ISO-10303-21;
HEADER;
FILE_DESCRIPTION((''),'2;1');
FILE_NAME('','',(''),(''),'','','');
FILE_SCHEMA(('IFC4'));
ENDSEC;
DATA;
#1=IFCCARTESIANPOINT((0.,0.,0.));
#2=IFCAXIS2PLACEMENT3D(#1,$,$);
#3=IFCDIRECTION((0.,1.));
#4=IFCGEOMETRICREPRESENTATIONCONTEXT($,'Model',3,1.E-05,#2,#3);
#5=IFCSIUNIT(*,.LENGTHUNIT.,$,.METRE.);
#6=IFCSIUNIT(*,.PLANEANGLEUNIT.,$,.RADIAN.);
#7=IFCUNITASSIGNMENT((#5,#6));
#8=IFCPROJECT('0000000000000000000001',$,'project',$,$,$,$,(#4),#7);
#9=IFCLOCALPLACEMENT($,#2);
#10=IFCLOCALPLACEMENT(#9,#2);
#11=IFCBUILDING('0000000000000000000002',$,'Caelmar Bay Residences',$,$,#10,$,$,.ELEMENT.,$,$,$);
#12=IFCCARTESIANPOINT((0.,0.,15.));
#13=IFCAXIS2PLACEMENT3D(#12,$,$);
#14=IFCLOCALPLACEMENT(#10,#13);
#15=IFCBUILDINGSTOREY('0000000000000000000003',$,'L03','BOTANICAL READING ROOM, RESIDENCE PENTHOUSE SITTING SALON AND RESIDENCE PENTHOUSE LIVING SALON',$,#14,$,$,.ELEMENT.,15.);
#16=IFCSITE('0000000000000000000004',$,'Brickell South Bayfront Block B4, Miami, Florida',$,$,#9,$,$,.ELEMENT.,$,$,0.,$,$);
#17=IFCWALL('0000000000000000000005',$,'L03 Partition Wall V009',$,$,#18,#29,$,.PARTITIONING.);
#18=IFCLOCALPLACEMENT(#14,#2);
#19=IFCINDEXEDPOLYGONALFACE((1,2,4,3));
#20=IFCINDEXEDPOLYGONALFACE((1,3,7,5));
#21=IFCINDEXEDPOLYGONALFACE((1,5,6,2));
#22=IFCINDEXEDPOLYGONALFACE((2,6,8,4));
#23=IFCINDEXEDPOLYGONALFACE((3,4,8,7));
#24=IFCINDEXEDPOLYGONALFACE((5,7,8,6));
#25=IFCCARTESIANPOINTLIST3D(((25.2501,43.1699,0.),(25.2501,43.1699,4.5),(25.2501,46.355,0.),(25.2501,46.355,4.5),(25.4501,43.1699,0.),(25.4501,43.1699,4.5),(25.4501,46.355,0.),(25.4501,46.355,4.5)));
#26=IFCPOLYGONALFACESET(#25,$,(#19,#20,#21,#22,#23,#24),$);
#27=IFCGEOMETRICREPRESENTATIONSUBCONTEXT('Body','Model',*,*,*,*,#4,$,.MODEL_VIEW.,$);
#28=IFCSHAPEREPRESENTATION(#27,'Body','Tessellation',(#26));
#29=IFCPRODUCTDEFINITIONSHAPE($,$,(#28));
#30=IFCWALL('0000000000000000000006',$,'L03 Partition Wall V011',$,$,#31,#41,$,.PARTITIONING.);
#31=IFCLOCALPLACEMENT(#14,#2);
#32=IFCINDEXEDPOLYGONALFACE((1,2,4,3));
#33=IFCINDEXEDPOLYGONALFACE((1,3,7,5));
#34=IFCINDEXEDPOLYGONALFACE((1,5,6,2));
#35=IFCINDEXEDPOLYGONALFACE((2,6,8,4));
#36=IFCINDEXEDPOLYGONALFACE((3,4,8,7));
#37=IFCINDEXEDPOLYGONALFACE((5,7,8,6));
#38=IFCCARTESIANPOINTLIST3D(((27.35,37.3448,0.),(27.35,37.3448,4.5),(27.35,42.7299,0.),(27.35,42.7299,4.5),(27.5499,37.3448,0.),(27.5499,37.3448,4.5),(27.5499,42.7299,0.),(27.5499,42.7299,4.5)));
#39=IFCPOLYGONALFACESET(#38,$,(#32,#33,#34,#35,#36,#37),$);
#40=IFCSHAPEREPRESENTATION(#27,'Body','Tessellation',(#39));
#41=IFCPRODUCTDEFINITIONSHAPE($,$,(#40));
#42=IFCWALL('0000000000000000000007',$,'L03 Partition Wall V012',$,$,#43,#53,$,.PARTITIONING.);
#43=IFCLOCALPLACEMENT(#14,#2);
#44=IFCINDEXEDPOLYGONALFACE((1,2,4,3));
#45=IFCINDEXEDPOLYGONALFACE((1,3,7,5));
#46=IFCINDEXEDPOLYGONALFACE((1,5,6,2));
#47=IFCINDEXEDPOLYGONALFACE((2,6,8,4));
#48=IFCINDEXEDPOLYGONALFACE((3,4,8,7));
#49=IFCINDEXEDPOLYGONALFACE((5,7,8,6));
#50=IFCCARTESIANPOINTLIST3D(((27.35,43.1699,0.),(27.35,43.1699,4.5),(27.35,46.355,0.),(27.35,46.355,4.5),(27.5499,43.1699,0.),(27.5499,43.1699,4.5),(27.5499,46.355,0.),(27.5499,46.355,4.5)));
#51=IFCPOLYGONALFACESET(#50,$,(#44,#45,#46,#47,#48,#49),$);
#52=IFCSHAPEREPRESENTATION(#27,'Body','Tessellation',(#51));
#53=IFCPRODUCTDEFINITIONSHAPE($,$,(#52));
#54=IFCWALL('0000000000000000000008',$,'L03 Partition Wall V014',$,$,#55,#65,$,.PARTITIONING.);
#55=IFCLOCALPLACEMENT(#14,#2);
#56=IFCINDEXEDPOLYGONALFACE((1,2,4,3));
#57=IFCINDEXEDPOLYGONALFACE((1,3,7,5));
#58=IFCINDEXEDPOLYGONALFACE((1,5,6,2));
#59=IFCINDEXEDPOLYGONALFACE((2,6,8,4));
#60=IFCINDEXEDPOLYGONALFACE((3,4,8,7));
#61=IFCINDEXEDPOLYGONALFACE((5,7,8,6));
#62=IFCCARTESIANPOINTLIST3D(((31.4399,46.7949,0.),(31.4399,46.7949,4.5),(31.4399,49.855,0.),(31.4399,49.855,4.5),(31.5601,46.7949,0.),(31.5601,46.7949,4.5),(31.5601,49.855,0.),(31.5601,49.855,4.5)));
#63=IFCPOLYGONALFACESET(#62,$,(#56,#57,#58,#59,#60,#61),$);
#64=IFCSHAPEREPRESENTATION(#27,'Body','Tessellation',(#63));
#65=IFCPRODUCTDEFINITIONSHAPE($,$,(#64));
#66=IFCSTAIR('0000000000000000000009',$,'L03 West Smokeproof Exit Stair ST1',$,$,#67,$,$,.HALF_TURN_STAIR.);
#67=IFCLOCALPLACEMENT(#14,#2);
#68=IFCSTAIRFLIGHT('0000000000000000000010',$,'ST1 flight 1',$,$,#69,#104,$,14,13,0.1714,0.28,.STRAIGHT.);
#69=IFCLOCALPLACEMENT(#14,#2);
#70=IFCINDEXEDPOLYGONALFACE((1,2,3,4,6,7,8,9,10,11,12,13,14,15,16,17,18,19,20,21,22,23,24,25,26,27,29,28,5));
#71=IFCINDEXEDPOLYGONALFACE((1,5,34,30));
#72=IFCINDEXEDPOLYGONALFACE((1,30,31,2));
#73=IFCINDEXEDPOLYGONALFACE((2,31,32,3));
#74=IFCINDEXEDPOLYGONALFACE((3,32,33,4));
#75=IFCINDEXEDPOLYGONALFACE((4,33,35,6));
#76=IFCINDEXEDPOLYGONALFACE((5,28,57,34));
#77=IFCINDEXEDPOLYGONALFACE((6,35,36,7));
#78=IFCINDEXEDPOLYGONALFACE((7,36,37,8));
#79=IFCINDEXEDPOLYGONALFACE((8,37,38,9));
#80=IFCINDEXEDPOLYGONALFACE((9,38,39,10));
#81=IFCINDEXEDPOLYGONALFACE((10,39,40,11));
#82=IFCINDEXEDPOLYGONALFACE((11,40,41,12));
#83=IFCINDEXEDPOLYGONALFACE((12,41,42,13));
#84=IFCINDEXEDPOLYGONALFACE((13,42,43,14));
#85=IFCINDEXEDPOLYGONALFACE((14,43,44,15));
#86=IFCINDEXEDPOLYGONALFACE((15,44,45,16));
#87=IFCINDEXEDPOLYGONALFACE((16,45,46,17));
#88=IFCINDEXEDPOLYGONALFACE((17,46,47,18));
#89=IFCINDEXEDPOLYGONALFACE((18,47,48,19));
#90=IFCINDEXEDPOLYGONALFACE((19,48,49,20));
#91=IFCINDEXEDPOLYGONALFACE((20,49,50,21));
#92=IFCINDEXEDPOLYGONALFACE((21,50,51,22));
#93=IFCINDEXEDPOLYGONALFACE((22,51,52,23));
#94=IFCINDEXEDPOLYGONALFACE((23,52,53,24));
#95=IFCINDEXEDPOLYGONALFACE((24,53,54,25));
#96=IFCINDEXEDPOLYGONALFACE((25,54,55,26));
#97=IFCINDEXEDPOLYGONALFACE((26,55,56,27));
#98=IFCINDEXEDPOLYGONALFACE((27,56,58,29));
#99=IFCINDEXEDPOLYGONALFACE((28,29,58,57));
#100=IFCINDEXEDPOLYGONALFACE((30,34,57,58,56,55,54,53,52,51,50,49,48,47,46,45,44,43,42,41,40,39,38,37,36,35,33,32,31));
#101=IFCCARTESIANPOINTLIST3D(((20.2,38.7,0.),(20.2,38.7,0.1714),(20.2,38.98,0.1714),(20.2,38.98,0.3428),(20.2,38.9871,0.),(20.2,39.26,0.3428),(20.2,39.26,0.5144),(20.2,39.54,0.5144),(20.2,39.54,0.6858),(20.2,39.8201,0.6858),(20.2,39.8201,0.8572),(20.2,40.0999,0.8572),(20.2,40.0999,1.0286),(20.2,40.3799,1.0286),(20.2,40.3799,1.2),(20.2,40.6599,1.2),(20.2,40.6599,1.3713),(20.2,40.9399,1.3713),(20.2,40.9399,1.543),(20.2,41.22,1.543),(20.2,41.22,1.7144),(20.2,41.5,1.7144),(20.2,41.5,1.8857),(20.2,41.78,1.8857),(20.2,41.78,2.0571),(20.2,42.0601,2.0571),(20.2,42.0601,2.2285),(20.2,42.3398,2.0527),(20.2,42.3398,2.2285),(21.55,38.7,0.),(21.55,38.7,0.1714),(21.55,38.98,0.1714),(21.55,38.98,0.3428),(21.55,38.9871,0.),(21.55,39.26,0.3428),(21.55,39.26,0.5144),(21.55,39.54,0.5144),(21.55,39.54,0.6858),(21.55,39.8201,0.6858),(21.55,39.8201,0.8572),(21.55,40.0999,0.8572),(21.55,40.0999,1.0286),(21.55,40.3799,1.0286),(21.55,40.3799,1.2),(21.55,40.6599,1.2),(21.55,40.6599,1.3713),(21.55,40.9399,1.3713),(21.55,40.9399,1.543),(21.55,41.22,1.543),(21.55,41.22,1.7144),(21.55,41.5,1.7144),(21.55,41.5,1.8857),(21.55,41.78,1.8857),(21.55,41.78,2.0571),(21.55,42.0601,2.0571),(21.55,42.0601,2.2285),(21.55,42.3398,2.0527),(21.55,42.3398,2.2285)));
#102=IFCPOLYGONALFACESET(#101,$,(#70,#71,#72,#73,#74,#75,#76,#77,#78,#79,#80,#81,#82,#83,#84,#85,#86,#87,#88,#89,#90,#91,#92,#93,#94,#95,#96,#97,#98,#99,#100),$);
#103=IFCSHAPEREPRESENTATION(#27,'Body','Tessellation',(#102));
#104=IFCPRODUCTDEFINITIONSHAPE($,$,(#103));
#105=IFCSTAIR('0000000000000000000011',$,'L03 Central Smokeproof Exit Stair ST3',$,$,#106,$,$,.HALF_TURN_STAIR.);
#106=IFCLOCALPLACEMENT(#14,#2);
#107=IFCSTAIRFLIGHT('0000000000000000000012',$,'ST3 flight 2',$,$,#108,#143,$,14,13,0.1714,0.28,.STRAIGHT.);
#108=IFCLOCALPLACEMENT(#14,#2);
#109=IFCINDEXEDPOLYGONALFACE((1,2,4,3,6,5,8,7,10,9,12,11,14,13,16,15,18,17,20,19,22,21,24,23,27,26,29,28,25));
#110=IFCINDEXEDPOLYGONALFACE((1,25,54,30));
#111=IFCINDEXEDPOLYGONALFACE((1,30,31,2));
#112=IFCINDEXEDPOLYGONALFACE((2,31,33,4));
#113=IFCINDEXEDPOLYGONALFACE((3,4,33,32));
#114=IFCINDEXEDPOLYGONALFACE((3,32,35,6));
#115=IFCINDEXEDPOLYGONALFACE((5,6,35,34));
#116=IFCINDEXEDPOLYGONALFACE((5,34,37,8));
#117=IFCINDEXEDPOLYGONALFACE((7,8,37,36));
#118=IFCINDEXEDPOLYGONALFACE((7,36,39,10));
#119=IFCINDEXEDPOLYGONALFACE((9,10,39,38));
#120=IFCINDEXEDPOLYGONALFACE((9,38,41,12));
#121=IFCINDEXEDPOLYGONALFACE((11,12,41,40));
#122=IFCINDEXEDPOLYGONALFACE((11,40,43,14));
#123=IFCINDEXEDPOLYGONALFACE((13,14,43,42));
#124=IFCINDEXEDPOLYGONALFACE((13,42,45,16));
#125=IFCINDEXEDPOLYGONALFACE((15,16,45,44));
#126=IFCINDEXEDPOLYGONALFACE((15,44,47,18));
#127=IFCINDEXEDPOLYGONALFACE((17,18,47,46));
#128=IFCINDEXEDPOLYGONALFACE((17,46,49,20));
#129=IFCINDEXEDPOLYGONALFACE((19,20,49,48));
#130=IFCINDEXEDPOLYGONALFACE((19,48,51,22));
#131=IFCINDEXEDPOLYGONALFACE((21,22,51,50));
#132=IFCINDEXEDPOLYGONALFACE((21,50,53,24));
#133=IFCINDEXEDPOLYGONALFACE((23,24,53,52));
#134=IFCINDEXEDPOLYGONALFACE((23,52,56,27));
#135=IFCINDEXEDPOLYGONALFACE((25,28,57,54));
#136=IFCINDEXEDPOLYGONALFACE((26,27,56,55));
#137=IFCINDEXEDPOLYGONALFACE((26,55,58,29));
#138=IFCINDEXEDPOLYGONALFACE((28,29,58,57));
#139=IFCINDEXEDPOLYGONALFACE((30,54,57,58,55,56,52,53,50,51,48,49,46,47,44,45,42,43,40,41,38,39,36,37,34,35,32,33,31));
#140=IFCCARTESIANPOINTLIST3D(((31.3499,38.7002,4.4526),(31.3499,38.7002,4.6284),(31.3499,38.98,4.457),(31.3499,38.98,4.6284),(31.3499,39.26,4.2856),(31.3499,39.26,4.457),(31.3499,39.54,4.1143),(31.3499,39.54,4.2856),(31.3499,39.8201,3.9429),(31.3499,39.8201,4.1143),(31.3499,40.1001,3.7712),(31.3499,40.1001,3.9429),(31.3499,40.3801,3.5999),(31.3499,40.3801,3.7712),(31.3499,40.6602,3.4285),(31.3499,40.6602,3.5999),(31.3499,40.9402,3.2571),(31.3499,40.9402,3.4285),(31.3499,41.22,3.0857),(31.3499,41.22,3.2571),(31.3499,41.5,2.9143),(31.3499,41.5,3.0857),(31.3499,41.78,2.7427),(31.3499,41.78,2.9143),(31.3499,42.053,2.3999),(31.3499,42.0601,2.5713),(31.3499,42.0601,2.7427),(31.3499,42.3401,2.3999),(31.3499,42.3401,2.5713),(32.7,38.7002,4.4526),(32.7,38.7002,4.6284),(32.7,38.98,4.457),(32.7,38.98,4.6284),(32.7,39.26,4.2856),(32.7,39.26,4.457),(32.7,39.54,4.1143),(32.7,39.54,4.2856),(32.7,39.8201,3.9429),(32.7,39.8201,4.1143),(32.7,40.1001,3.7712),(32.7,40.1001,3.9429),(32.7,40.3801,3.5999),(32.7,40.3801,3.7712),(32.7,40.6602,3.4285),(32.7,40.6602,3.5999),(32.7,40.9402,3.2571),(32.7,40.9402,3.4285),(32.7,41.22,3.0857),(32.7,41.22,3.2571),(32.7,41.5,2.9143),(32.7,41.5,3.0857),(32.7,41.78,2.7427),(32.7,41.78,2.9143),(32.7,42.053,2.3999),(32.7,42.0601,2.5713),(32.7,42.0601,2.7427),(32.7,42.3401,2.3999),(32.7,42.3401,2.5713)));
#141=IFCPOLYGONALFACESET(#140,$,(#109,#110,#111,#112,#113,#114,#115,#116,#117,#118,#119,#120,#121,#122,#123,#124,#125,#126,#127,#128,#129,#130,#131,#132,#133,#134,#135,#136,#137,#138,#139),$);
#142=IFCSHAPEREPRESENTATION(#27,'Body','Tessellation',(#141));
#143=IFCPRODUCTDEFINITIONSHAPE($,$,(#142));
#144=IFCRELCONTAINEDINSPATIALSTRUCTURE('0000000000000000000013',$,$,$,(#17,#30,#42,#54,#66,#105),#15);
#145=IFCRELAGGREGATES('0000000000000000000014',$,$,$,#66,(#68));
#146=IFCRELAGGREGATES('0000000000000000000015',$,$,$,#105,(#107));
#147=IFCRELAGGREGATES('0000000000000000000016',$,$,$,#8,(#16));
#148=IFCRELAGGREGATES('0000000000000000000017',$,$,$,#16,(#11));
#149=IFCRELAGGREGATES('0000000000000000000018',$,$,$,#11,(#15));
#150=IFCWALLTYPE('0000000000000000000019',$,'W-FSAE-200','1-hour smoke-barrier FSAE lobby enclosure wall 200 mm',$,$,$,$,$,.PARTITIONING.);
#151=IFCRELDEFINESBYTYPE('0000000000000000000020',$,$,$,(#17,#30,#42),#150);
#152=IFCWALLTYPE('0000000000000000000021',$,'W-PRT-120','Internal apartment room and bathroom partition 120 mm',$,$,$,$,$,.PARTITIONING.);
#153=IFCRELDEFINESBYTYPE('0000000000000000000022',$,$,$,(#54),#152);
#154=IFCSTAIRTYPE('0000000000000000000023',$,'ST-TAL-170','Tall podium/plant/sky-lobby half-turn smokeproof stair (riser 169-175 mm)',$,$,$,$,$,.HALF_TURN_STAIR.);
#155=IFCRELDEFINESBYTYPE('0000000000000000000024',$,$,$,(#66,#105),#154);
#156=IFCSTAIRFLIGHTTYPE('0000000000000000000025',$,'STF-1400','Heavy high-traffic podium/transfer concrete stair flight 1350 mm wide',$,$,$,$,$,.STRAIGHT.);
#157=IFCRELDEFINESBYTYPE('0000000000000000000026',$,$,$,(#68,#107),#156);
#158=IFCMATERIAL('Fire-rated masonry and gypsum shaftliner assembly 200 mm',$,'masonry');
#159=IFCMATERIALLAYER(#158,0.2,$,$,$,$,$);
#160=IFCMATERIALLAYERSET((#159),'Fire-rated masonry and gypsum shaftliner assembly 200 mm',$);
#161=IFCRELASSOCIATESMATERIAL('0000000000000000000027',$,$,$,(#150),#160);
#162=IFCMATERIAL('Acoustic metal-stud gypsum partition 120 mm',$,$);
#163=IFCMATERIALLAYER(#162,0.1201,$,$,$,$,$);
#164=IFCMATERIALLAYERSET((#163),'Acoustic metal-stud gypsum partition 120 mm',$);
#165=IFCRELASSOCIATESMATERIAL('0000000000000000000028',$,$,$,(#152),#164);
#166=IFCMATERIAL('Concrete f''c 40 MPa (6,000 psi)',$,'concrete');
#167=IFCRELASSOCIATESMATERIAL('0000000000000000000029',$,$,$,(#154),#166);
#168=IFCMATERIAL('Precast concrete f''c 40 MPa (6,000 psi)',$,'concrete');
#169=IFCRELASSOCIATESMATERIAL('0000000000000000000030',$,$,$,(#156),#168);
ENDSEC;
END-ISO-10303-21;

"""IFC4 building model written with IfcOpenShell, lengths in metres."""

from ifc_helpers import new_model, si_unit, direction, frame, frame_2d, origin, place, context, subcontext, project, spatial, polyline, rectangle, outline, extrude, material, layer, layer_set, type_object, element, aggregate, save


model = new_model("IFC4")

# Units and contexts
model_context = context("Model", 3, precision=1e-05, world=origin(), true_north=direction((0.0, 1.0)))
body_context = subcontext(model_context, "Body", "Model", "MODEL_VIEW")
ifc_project = project(units=[si_unit("LENGTHUNIT", "METRE"), si_unit("PLANEANGLEUNIT", "RADIAN")], contexts=[model_context])

# Site, building, storey
site_placement = place(None, origin())
site = spatial("IfcSite", under=ifc_project, at=site_placement, Name="Brickell South Bayfront Block B4, Miami, Florida", CompositionType="ELEMENT", RefElevation=0.0)
building_placement = place(site_placement, origin())
building = spatial("IfcBuilding", under=site, at=building_placement, Name="Caelmar Bay Residences", CompositionType="ELEMENT")
storey_placement = place(building_placement, frame((0.0, 0.0, 15.0)))
storey = spatial("IfcBuildingStorey", under=building, at=storey_placement, Name="L03", Description="BOTANICAL READING ROOM, RESIDENCE PENTHOUSE SITTING SALON AND RESIDENCE PENTHOUSE LIVING SALON", CompositionType="ELEMENT", Elevation=15.0)

# Walls
ifc_material_1 = material(Name="Fire-rated masonry and gypsum shaftliner assembly 200 mm", Category="masonry")
ifc_layer_1 = layer(ifc_material_1, 0.2)
ifc_layer_set_1 = layer_set([ifc_layer_1], Name="Fire-rated masonry and gypsum shaftliner assembly 200 mm")
wall_type_1 = type_object("IfcWallType", Name="W-FSAE-200", Description="1-hour smoke-barrier FSAE lobby enclosure wall 200 mm", PredefinedType="PARTITIONING", material=ifc_layer_set_1)
wall_1_placement = place(storey_placement, frame((25.3501, 43.1699, 0.0), z_axis=(0.0, 0.0, 1.0), x_axis=(0.0, 1.0, 0.0)))
element("IfcWall", 1, at=wall_1_placement, inside=storey, type_object=wall_type_1, Name="L03 Partition Wall V009", PredefinedType="PARTITIONING", context=body_context, shape_type="SweptSolid", body=[
    extrude(rectangle(XDim=3.1851, YDim=0.2, at=frame_2d((1.5925, 0.0))), origin(), (0.0, 0.0, 1.0), 4.5),
])
wall_2_placement = place(storey_placement, frame((27.45, 37.345, 0.0), z_axis=(0.0, 0.0, 1.0), x_axis=(0.0, 1.0, 0.0)))
element("IfcWall", 2, at=wall_2_placement, inside=storey, type_object=wall_type_1, Name="L03 Partition Wall V011", PredefinedType="PARTITIONING", context=body_context, shape_type="SweptSolid", body=[
    extrude(rectangle(XDim=5.385, YDim=0.2, at=frame_2d((2.6924, 0.0))), origin(), (0.0, 0.0, 1.0), 4.5),
])
wall_3_placement = place(storey_placement, frame((27.45, 43.1699, 0.0), z_axis=(0.0, 0.0, 1.0), x_axis=(0.0, 1.0, 0.0)))
element("IfcWall", 3, at=wall_3_placement, inside=storey, type_object=wall_type_1, Name="L03 Partition Wall V012", PredefinedType="PARTITIONING", context=body_context, shape_type="SweptSolid", body=[
    extrude(rectangle(XDim=3.1851, YDim=0.2, at=frame_2d((1.5925, 0.0))), origin(), (0.0, 0.0, 1.0), 4.5),
])
ifc_material_2 = material(Name="Acoustic metal-stud gypsum partition 120 mm")
ifc_layer_2 = layer(ifc_material_2, 0.1201)
ifc_layer_set_2 = layer_set([ifc_layer_2], Name="Acoustic metal-stud gypsum partition 120 mm")
wall_type_2 = type_object("IfcWallType", Name="W-PRT-120", Description="Internal apartment room and bathroom partition 120 mm", PredefinedType="PARTITIONING", material=ifc_layer_set_2)
wall_4_placement = place(storey_placement, frame((31.5, 46.7949, 0.0), z_axis=(0.0, 0.0, 1.0), x_axis=(0.0, 1.0, 0.0)))
element("IfcWall", 4, at=wall_4_placement, inside=storey, type_object=wall_type_2, Name="L03 Partition Wall V014", PredefinedType="PARTITIONING", context=body_context, shape_type="SweptSolid", body=[
    extrude(rectangle(XDim=3.0601, YDim=0.1201, at=frame_2d((1.53, 0.0))), origin(), (0.0, 0.0, 1.0), 4.5),
])

# Stairs, stair flights
ifc_material_3 = material(Name="Concrete f'c 40 MPa (6,000 psi)", Category="concrete")
stair_type = type_object("IfcStairType", Name="ST-TAL-170", Description="Tall podium/plant/sky-lobby half-turn smokeproof stair (riser 169-175 mm)", PredefinedType="HALF_TURN_STAIR", material=ifc_material_3)
stair_1_placement = place(storey_placement, origin())
stair_1 = element("IfcStair", 5, at=stair_1_placement, inside=storey, type_object=stair_type, Name="L03 West Smokeproof Exit Stair ST1", PredefinedType="HALF_TURN_STAIR")
ifc_material_4 = material(Name="Precast concrete f'c 40 MPa (6,000 psi)", Category="concrete")
stair_flight_type = type_object("IfcStairFlightType", Name="STF-1400", Description="Heavy high-traffic podium/transfer concrete stair flight 1350 mm wide", PredefinedType="STRAIGHT", material=ifc_material_4)
stair_flight_1_placement = place(storey_placement, frame((20.875, 38.7, 0.0), z_axis=(0.0, 0.0, 1.0), x_axis=(0.0, 1.0, 0.0)))
stair_flight_1 = element("IfcStairFlight", 6, at=stair_flight_1_placement, type_object=stair_flight_type, Name="ST1 flight 1", NumberOfRisers=14, NumberOfTreads=13, PredefinedType="STRAIGHT", RiserHeight=0.1714, TreadLength=0.28, context=body_context, shape_type="SweptSolid", body=[
    extrude(outline(polyline([(0.0, 0.0), (0.0, 0.1714), (0.28, 0.1714), (0.28, 0.3428), (0.5601, 0.3428), (0.5601, 0.5144), (0.8401, 0.5144), (0.8401, 0.6858), (1.1201, 0.6858), (1.1201, 0.8572), (1.3999, 0.8572), (1.3999, 1.0286), (1.6799, 1.0286), (1.6799, 1.2), (1.96, 1.2), (1.96, 1.3713), (2.24, 1.3713), (2.24, 1.543), (2.52, 1.543), (2.52, 1.7144), (2.8, 1.7144), (2.8, 1.8857), (3.0801, 1.8857), (3.0801, 2.0571), (3.3601, 2.0571), (3.3601, 2.2285), (3.6399, 2.2285), (3.6399, 2.3999), (3.6399, 2.0527), (0.2871, 0.0), (0.0, 0.0)])), frame((0.0, 0.675, 0.0), z_axis=(0.0, -1.0, 0.0), x_axis=(1.0, 0.0, 0.0)), (0.0, 0.0, 1.0), 1.3501),
])
aggregate(stair_1, [stair_flight_1])
stair_2_placement = place(storey_placement, origin())
stair_2 = element("IfcStair", 7, at=stair_2_placement, inside=storey, type_object=stair_type, Name="L03 Central Smokeproof Exit Stair ST3", PredefinedType="HALF_TURN_STAIR")
stair_flight_2_placement = place(storey_placement, frame((32.0249, 42.3401, 2.3999), z_axis=(0.0, 0.0, 1.0), x_axis=(0.0, -1.0, 0.0)))
stair_flight_2 = element("IfcStairFlight", 8, at=stair_flight_2_placement, type_object=stair_flight_type, Name="ST3 flight 2", NumberOfRisers=14, NumberOfTreads=13, PredefinedType="STRAIGHT", RiserHeight=0.1714, TreadLength=0.28, context=body_context, shape_type="SweptSolid", body=[
    extrude(outline(polyline([(0.0, 0.0), (0.0, 0.1714), (0.28, 0.1714), (0.28, 0.3428), (0.5601, 0.3428), (0.5601, 0.5144), (0.8401, 0.5144), (0.8401, 0.6858), (1.1201, 0.6858), (1.1201, 0.8572), (1.3999, 0.8572), (1.3999, 1.0286), (1.6799, 1.0286), (1.6799, 1.2), (1.96, 1.2), (1.96, 1.3713), (2.24, 1.3713), (2.24, 1.543), (2.52, 1.543), (2.52, 1.7144), (2.8, 1.7144), (2.8, 1.8857), (3.0801, 1.8857), (3.0801, 2.0571), (3.3601, 2.0571), (3.3601, 2.2285), (3.6399, 2.2285), (3.6399, 2.3999), (3.6399, 2.0527), (0.2871, 0.0), (0.0, 0.0)])), frame((0.0, 0.675, 0.0), z_axis=(0.0, -1.0, 0.0), x_axis=(1.0, 0.0, 0.0)), (0.0, 0.0, 1.0), 1.3501),
])
aggregate(stair_2, [stair_flight_2])

save(model, "model.ifc")
